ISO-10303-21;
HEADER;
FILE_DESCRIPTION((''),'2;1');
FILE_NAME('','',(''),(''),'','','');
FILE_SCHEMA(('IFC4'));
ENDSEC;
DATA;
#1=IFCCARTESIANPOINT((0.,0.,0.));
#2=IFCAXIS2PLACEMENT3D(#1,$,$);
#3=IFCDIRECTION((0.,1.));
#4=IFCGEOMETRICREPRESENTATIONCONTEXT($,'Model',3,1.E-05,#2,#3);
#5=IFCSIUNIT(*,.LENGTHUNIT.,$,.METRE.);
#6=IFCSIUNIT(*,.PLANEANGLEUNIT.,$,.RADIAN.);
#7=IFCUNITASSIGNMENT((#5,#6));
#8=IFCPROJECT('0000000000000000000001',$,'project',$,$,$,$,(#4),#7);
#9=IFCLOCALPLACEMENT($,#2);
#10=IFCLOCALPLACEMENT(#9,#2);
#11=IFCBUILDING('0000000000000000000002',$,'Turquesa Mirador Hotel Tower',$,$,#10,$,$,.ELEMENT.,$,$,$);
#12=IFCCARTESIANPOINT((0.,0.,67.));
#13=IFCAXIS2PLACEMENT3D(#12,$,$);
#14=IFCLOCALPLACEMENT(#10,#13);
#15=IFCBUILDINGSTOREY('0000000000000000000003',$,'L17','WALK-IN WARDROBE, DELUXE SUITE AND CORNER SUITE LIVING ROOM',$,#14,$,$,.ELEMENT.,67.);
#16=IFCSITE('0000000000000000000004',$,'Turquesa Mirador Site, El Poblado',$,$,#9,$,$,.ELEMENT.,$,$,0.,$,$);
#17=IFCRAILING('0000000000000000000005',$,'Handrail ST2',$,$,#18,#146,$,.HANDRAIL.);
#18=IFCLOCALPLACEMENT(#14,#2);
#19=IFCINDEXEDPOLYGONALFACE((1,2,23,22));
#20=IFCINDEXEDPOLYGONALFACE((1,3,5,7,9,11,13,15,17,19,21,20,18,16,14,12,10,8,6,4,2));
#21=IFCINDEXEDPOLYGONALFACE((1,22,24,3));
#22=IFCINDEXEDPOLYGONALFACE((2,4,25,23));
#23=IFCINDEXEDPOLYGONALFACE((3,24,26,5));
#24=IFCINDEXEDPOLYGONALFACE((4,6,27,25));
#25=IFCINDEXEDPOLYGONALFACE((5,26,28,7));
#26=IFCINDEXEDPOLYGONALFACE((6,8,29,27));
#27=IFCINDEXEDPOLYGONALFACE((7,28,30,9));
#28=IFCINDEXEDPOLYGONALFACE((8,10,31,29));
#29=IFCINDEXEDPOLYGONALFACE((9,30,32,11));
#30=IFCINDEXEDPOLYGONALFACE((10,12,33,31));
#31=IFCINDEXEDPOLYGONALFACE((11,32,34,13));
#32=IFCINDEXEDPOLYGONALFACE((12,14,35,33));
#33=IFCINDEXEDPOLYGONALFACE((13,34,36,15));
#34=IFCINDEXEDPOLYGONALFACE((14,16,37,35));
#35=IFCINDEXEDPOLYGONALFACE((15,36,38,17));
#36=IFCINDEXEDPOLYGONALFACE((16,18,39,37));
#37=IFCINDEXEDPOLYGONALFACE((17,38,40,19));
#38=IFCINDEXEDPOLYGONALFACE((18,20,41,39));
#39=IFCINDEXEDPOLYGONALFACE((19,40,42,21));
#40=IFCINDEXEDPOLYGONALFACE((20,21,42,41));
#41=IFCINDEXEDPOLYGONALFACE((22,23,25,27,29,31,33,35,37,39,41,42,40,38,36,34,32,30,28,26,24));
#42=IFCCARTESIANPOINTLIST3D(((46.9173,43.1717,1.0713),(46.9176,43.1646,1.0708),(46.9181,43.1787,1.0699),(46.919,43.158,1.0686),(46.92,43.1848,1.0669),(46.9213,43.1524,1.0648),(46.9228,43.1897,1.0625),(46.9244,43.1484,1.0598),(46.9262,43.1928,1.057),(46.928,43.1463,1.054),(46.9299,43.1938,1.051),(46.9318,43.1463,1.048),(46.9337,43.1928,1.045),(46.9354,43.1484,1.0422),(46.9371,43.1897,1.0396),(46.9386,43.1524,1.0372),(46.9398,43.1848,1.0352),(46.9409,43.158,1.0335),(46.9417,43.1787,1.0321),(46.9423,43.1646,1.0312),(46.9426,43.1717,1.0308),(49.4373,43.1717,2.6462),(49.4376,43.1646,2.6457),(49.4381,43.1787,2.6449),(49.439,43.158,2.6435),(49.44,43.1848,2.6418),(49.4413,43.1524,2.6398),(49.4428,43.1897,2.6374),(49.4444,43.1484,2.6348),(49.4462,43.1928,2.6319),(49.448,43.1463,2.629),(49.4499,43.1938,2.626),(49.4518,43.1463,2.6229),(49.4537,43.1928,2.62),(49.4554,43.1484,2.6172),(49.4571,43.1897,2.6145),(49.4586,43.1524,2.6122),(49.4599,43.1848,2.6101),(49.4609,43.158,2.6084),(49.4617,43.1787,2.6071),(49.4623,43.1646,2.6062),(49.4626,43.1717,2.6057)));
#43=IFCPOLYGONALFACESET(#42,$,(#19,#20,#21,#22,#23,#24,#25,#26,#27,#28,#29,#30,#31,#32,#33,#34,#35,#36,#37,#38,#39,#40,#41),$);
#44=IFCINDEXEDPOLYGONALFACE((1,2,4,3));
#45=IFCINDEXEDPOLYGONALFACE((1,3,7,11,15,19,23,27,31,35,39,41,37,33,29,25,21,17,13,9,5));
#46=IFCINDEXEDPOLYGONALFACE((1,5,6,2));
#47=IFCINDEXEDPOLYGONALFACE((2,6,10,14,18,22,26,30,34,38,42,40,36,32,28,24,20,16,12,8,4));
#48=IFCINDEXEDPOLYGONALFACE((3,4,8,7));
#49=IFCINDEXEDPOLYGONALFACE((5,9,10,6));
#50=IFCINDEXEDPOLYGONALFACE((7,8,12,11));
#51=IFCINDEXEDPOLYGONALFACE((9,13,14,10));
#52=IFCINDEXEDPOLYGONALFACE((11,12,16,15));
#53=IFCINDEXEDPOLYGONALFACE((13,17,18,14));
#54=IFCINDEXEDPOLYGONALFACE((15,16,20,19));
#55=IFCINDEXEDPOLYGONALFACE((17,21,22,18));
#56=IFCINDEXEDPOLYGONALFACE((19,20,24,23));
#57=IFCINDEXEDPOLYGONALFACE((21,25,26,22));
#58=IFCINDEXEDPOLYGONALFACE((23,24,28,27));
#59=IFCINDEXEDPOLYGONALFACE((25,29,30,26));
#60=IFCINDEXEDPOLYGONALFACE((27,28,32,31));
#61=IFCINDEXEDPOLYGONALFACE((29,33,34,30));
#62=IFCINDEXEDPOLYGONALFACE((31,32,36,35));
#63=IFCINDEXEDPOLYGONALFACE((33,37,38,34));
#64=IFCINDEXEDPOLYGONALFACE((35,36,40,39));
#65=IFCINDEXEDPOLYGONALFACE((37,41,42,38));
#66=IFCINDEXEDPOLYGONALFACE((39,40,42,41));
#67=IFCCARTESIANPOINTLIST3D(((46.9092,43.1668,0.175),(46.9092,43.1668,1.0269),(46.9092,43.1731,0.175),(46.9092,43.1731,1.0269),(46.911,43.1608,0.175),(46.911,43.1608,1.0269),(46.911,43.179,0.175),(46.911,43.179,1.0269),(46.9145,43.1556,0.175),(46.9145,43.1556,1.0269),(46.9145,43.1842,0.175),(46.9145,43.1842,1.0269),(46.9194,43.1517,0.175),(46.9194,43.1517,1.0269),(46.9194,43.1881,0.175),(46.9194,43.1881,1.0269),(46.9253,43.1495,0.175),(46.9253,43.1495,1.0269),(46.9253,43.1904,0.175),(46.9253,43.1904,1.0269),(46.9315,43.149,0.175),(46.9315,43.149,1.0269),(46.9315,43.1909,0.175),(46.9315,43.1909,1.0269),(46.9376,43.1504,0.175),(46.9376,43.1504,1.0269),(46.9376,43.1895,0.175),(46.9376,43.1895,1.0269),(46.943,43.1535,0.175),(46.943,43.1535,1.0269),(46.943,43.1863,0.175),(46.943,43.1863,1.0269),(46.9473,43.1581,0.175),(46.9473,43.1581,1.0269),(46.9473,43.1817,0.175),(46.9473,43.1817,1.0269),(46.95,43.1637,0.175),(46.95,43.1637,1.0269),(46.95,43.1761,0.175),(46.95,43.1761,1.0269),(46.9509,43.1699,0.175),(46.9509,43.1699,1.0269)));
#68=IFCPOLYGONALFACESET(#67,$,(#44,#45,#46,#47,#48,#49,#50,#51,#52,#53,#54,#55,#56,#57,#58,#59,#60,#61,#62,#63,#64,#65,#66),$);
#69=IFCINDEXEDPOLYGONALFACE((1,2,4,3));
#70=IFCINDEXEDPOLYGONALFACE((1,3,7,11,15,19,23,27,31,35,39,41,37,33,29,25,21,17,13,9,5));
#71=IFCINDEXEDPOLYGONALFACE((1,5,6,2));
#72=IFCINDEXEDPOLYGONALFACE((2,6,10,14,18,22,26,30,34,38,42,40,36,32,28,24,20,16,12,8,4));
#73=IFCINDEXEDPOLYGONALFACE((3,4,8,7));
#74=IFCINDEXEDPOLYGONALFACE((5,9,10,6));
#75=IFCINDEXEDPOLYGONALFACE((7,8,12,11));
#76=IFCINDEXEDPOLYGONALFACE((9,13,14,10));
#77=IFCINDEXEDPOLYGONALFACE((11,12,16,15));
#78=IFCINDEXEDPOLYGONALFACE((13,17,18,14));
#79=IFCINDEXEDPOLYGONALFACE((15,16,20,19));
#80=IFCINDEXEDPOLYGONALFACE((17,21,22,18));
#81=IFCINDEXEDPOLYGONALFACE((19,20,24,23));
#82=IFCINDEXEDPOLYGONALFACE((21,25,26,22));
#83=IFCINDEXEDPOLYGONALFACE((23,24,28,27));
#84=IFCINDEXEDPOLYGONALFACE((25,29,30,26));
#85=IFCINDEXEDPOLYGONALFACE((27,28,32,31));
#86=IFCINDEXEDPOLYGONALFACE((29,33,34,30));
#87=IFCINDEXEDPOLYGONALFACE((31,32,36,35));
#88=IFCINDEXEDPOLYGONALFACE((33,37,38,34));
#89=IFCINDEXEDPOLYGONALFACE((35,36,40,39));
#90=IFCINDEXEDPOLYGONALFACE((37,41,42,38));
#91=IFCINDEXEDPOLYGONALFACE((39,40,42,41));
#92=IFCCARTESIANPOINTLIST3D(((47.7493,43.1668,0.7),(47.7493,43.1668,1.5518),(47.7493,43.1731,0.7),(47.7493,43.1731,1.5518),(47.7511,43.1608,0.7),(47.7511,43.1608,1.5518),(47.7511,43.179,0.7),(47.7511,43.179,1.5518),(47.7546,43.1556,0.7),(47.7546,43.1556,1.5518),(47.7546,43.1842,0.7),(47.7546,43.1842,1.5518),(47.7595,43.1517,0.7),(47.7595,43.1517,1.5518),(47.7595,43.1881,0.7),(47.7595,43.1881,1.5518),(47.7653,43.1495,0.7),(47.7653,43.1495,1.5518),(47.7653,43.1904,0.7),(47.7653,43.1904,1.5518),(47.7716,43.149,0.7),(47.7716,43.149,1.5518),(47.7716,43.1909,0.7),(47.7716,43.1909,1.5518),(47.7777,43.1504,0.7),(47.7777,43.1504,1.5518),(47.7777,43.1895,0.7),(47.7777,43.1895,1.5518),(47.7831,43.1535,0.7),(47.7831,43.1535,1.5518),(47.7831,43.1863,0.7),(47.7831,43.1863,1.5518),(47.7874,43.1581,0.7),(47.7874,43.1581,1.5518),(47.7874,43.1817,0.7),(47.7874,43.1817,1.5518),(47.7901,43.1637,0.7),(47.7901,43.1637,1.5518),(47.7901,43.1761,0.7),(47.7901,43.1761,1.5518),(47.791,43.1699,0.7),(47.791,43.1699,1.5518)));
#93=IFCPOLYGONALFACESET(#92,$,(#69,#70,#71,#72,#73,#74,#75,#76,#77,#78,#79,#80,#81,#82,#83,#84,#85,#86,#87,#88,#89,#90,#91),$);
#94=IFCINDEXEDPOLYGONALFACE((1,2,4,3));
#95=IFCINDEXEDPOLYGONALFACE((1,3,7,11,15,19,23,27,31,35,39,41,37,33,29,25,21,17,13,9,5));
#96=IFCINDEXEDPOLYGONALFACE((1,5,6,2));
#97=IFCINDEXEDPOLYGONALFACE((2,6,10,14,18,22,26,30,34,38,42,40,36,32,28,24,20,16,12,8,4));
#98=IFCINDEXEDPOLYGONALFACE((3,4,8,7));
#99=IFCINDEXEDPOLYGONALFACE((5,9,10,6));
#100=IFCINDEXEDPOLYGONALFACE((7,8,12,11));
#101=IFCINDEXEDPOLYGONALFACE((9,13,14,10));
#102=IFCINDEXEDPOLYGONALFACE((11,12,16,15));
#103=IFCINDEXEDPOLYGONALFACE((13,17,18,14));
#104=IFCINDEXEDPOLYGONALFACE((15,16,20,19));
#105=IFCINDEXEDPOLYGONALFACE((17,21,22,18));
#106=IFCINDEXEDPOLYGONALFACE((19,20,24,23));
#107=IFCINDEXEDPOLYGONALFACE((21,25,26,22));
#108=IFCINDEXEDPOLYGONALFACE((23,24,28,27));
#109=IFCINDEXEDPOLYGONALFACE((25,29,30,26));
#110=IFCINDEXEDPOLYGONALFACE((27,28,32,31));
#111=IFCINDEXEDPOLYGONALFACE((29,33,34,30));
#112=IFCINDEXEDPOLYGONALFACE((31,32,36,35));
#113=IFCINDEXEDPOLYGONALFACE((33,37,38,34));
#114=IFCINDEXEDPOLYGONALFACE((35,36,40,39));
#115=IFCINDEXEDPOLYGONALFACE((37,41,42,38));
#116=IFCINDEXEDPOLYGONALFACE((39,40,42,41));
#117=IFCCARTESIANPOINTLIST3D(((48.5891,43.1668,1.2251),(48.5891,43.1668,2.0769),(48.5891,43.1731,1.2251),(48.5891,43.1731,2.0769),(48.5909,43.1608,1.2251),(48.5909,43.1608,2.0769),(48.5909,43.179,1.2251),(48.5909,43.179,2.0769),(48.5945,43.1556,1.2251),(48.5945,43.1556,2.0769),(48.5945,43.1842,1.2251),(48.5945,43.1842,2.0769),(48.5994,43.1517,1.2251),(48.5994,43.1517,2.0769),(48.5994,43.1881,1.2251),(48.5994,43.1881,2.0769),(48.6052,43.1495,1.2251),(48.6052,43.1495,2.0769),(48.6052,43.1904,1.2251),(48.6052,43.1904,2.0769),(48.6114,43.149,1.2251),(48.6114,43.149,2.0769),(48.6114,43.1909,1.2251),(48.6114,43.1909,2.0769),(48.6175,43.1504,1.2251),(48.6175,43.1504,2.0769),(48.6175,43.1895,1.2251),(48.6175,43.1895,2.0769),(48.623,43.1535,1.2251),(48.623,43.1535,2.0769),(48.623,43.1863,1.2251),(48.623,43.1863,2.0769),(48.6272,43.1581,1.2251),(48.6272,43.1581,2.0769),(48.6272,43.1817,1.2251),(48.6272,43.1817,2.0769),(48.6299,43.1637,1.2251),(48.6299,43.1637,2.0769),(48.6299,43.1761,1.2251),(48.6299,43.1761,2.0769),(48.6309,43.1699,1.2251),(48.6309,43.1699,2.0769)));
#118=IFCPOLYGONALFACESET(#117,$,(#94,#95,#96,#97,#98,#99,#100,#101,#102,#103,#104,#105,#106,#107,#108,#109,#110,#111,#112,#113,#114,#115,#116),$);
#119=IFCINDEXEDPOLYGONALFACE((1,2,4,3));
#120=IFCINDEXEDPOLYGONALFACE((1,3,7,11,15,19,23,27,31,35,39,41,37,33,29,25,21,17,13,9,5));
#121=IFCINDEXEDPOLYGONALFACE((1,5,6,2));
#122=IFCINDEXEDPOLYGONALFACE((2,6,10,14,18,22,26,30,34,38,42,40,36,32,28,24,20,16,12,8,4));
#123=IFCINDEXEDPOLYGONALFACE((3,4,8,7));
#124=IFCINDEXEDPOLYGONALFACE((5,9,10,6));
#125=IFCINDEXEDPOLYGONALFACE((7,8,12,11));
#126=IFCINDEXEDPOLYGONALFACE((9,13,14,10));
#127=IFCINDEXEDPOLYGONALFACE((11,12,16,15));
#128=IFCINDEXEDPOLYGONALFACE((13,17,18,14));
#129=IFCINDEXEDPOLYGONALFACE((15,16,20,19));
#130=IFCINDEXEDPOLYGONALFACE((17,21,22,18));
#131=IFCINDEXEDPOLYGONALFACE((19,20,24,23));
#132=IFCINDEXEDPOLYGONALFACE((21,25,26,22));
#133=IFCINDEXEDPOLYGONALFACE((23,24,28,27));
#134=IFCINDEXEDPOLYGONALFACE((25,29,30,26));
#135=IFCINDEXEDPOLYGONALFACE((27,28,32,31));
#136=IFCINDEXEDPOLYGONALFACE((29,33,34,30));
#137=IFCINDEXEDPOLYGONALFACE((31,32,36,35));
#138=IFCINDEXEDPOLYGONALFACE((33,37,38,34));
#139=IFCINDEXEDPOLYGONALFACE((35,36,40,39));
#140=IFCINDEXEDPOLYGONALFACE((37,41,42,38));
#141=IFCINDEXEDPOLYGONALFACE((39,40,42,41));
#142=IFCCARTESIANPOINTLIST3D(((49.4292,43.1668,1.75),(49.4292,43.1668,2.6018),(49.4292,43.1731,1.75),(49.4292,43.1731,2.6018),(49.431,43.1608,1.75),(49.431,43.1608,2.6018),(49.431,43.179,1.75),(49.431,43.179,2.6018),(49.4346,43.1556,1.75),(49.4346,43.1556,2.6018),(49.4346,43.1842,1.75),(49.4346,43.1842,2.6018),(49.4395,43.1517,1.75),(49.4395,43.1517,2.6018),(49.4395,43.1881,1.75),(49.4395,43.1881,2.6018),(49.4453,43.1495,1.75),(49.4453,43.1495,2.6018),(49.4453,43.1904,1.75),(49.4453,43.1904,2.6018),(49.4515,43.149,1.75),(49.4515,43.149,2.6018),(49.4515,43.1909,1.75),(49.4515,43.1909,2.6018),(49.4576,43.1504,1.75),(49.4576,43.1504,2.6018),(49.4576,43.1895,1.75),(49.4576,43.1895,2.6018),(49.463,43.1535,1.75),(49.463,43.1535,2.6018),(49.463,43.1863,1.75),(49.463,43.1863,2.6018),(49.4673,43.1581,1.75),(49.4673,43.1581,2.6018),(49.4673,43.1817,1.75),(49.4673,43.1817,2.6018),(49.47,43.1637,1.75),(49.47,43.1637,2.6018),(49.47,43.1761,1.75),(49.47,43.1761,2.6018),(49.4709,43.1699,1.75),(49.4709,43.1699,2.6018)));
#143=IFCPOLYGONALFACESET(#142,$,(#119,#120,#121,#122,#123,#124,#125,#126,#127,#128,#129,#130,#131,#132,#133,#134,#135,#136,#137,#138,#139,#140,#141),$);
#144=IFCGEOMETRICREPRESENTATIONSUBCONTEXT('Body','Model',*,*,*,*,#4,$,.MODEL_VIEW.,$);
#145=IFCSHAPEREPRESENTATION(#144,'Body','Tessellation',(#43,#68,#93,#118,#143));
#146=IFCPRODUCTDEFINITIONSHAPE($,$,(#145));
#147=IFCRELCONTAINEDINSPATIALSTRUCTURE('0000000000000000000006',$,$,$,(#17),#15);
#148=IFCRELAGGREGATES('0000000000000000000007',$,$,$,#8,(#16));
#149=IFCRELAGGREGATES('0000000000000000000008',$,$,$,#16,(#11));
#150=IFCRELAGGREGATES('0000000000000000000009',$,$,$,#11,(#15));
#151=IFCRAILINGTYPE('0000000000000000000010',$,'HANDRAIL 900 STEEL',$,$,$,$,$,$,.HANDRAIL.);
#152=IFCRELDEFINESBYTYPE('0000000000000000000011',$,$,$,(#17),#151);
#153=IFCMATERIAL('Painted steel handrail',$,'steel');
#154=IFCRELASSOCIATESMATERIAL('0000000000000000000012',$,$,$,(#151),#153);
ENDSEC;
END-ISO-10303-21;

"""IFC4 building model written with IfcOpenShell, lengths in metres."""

from ifc_helpers import new_model, si_unit, direction, frame, origin, origin_2d, place, context, subcontext, project, spatial, circle, extrude, material, type_object, element, save


model = new_model("IFC4")

# Units and contexts
model_context = context("Model", 3, precision=1e-05, world=origin(), true_north=direction((0.0, 1.0)))
body_context = subcontext(model_context, "Body", "Model", "MODEL_VIEW")
ifc_project = project(units=[si_unit("LENGTHUNIT", "METRE"), si_unit("PLANEANGLEUNIT", "RADIAN")], contexts=[model_context])

# Site, building, storey
site_placement = place(None, origin())
site = spatial("IfcSite", under=ifc_project, at=site_placement, Name="Turquesa Mirador Site, El Poblado", CompositionType="ELEMENT", RefElevation=0.0)
building_placement = place(site_placement, origin())
building = spatial("IfcBuilding", under=site, at=building_placement, Name="Turquesa Mirador Hotel Tower", CompositionType="ELEMENT")
storey_placement = place(building_placement, frame((0.0, 0.0, 67.0)))
storey = spatial("IfcBuildingStorey", under=building, at=storey_placement, Name="L17", Description="WALK-IN WARDROBE, DELUXE SUITE AND CORNER SUITE LIVING ROOM", CompositionType="ELEMENT", Elevation=67.0)

# Railing
ifc_material_1 = material(Name="Painted steel handrail", Category="steel")
railing_type = type_object("IfcRailingType", Name="HANDRAIL 900 STEEL", PredefinedType="HANDRAIL", material=ifc_material_1)
for number, where, name in (
    (1, (46.9299, 43.1699, 0.175), "Handrail ST2"),
):
    element("IfcRailing", number, at=place(storey_placement, frame(where)), inside=storey, type_object=railing_type, Name=name, PredefinedType="HANDRAIL", context=body_context, shape_type="SweptSolid", body=[
        extrude(circle(Radius=0.0239, at=origin_2d()), frame((0.0, 0.0, 0.876), z_axis=(0.848008, 0.0, 0.529984), x_axis=(0.0, 1.0, 0.0)), (0.0, 0.0, 1.0), 2.9717),
        extrude(circle(Radius=0.021, at=origin_2d()), origin(), (0.0, 0.0, 1.0), 0.8518),
        extrude(circle(Radius=0.021, at=origin_2d()), frame((0.8401, 0.0, 0.5249)), (0.0, 0.0, 1.0), 0.8518),
        extrude(circle(Radius=0.021, at=origin_2d()), frame((1.6799, 0.0, 1.05)), (0.0, 0.0, 1.0), 0.8518),
        extrude(circle(Radius=0.021, at=origin_2d()), frame((2.52, 0.0, 1.575)), (0.0, 0.0, 1.0), 0.8518),
    ])

save(model, "model.ifc")
